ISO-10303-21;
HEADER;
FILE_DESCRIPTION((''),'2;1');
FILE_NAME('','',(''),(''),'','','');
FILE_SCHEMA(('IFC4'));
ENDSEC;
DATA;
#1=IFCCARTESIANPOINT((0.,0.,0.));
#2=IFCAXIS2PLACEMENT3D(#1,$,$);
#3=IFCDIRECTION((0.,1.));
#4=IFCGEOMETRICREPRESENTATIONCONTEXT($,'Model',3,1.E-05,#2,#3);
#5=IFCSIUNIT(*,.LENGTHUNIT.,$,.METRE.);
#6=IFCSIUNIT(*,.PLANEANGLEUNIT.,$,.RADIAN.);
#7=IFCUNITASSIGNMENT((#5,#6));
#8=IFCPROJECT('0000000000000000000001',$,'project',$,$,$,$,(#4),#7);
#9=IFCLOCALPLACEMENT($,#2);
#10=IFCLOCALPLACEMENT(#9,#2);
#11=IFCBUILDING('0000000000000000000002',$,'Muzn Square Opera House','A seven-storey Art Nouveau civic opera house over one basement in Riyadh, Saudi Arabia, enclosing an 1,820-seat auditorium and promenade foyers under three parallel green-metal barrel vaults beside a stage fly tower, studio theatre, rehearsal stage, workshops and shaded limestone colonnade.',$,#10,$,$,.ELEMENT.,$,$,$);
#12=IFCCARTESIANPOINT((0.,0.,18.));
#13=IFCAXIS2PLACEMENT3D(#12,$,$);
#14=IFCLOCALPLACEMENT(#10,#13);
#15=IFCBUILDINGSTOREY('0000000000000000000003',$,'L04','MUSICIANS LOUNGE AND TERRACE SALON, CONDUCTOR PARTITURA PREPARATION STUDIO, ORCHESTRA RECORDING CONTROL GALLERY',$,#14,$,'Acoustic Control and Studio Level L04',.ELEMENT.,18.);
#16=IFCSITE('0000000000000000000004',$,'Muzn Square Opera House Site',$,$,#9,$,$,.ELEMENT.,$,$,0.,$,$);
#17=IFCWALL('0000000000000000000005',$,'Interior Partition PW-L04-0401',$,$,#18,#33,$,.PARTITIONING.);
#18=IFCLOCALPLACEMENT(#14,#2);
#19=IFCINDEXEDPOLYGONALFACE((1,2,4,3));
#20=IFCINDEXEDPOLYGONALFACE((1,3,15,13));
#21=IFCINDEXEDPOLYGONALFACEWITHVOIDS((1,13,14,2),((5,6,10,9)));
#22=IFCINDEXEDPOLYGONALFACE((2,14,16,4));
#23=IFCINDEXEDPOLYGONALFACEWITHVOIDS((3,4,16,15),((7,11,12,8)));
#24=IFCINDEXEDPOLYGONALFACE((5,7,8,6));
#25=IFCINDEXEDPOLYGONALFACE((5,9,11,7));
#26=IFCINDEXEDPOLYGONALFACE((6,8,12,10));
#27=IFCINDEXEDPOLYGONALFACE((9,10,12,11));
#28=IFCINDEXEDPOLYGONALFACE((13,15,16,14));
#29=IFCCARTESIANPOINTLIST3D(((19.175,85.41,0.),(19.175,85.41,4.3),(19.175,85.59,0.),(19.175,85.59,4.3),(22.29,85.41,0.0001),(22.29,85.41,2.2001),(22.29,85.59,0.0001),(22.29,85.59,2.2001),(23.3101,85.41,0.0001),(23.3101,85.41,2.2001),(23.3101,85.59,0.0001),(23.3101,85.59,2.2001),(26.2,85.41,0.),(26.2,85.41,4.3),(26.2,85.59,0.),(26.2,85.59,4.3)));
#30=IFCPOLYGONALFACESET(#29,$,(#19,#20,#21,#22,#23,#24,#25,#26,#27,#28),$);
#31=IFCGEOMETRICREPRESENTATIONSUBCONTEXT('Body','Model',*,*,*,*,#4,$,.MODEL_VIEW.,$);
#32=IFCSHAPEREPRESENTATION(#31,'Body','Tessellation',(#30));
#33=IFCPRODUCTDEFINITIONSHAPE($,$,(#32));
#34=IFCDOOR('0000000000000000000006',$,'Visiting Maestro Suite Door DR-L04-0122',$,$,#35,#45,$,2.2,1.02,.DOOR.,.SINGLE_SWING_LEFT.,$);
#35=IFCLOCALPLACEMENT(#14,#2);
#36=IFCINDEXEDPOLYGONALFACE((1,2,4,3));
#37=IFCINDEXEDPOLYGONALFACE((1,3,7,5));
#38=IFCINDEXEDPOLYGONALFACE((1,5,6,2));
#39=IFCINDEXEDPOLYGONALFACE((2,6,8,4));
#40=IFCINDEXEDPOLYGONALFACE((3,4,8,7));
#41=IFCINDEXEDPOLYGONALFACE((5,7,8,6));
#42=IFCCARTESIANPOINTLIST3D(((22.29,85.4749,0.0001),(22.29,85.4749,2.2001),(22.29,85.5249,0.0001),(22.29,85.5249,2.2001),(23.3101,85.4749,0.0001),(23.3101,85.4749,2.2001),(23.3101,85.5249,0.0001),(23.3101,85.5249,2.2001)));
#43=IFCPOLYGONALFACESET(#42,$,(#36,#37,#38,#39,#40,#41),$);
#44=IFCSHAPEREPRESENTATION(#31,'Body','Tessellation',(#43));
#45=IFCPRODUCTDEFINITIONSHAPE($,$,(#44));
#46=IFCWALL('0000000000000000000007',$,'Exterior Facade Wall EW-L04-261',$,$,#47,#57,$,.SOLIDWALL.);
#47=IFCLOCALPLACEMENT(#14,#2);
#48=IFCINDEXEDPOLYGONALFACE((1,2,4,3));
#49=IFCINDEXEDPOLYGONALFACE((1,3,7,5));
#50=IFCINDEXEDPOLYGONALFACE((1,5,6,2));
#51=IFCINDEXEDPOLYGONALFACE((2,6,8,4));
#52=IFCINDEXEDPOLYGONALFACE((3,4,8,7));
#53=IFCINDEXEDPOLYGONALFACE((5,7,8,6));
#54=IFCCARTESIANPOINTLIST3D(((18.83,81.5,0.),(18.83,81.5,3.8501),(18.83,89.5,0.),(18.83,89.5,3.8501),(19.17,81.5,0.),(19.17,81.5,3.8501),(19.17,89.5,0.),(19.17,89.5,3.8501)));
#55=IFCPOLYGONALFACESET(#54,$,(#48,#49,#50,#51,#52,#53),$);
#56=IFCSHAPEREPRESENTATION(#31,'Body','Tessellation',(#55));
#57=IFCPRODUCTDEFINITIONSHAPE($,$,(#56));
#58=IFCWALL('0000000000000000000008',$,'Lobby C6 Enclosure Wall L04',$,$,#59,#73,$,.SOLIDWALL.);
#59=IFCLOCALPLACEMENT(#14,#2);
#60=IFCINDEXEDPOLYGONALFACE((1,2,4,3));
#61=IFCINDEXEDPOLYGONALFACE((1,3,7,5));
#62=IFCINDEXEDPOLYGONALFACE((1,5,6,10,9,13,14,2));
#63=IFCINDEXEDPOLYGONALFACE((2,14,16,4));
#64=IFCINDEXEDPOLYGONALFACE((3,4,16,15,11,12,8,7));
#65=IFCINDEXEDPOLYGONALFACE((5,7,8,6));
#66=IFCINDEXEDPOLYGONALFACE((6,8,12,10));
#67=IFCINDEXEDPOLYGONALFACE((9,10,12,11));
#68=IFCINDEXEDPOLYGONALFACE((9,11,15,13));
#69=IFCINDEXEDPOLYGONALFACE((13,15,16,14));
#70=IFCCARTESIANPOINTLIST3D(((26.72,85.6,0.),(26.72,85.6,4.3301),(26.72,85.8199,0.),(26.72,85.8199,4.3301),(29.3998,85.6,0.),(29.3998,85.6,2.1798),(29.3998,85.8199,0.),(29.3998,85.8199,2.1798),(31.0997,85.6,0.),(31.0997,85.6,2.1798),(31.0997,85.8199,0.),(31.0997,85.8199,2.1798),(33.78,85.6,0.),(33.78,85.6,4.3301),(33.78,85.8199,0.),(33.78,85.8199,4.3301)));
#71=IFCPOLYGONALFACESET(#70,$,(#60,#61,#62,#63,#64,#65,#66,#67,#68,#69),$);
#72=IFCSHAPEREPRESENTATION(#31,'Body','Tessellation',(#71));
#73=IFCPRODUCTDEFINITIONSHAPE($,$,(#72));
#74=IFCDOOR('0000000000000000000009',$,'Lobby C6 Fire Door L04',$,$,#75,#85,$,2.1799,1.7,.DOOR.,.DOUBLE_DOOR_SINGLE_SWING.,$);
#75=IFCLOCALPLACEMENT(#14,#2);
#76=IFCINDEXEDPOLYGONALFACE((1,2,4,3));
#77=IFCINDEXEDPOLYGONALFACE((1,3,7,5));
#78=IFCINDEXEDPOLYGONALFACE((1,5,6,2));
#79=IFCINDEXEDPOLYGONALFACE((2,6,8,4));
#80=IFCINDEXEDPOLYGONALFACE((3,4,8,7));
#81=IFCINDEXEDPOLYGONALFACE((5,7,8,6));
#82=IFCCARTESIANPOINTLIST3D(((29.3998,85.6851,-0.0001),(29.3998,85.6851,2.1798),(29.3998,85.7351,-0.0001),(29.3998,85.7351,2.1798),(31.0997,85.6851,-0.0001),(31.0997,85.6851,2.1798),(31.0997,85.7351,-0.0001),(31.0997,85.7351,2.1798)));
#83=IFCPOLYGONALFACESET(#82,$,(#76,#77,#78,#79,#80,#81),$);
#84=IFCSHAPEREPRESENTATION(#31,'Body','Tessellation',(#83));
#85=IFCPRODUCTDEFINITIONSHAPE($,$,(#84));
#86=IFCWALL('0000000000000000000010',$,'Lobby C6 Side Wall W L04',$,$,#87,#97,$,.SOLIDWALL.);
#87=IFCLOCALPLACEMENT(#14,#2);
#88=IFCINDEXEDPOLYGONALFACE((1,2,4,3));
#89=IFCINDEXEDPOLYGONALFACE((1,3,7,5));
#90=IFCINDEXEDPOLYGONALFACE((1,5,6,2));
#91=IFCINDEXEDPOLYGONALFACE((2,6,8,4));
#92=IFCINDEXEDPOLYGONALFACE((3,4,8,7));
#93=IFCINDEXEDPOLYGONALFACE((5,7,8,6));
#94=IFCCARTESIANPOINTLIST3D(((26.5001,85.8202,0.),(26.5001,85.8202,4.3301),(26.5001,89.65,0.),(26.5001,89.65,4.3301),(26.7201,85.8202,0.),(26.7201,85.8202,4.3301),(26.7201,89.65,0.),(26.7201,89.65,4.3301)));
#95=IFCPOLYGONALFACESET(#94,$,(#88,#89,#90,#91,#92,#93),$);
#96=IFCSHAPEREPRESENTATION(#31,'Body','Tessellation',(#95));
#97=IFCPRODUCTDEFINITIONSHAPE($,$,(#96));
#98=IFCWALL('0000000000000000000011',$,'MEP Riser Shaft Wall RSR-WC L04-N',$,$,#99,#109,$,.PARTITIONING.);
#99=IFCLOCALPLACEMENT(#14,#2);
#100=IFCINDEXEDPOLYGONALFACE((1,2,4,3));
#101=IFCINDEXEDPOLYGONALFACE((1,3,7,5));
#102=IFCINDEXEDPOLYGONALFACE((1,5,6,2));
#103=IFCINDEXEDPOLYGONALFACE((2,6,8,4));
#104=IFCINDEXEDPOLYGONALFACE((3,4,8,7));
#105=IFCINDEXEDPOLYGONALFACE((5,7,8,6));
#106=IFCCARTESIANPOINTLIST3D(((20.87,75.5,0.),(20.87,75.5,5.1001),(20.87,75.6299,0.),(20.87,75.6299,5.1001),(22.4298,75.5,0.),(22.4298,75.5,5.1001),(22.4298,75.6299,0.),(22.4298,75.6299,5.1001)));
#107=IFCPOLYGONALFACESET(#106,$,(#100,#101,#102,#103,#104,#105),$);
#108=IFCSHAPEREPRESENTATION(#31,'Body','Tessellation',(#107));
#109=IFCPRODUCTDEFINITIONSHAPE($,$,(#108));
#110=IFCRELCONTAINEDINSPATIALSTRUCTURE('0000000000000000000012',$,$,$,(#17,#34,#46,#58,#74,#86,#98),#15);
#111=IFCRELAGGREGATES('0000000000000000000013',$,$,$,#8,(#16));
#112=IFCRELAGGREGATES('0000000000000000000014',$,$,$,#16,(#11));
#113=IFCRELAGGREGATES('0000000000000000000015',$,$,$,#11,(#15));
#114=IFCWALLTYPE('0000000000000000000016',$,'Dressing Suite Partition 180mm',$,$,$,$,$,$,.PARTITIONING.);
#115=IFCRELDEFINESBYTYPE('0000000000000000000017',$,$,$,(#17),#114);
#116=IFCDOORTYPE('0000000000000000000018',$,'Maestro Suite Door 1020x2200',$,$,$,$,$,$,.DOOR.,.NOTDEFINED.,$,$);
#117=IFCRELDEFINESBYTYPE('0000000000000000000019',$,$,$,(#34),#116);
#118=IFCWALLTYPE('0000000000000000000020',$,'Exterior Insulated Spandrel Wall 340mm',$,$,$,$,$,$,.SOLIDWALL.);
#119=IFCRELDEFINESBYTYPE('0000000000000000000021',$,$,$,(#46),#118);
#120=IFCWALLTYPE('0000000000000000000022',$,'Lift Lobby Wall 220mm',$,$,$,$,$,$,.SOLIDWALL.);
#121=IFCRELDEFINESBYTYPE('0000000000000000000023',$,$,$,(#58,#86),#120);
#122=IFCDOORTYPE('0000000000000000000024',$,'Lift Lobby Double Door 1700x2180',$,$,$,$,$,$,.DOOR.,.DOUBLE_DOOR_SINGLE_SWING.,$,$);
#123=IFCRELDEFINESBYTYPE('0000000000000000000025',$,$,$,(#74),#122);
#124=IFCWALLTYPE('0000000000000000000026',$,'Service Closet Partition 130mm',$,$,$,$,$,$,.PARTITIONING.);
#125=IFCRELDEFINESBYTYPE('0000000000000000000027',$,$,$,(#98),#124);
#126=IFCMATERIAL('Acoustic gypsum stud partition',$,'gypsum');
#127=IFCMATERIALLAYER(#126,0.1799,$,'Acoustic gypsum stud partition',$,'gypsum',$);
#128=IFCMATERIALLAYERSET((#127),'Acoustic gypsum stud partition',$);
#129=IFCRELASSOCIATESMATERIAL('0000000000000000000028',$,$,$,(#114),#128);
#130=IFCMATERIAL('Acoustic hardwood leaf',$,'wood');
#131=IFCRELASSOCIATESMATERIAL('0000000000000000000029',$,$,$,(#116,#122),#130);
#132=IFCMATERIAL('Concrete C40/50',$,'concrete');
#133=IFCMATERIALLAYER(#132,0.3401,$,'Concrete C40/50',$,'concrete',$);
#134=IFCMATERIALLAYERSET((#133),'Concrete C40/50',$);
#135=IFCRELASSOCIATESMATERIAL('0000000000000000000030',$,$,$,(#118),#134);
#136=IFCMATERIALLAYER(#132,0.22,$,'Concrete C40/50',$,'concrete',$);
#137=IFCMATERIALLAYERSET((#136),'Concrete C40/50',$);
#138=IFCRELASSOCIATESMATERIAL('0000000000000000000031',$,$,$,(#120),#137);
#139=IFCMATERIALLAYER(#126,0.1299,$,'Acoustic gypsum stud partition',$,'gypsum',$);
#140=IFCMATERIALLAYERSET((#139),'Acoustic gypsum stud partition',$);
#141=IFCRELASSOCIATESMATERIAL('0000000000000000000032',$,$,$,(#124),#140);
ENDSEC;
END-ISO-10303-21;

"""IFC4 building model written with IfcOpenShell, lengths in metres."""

from ifc_helpers import new_model, si_unit, direction, frame, frame_2d, origin, place, context, subcontext, project, spatial, rectangle, extrude, material, layer, layer_set, type_object, element, fill, save


model = new_model("IFC4")

# Units and contexts
model_context = context("Model", 3, precision=1e-05, world=origin(), true_north=direction((0.0, 1.0)))
body_context = subcontext(model_context, "Body", "Model", "MODEL_VIEW")
ifc_project = project(units=[si_unit("LENGTHUNIT", "METRE"), si_unit("PLANEANGLEUNIT", "RADIAN")], contexts=[model_context])

# Site, building, storey
site_placement = place(None, origin())
site = spatial("IfcSite", under=ifc_project, at=site_placement, Name="Muzn Square Opera House Site", CompositionType="ELEMENT", RefElevation=0.0)
building_placement = place(site_placement, origin())
building = spatial("IfcBuilding", under=site, at=building_placement, Name="Muzn Square Opera House", Description="A seven-storey Art Nouveau civic opera house over one basement in Riyadh, Saudi Arabia, enclosing an 1,820-seat auditorium and promenade foyers under three parallel green-metal barrel vaults beside a stage fly tower, studio theatre, rehearsal stage, workshops and shaded limestone colonnade.", CompositionType="ELEMENT")
storey_placement = place(building_placement, frame((0.0, 0.0, 18.0)))
storey = spatial("IfcBuildingStorey", under=building, at=storey_placement, Name="L04", Description="MUSICIANS LOUNGE AND TERRACE SALON, CONDUCTOR PARTITURA PREPARATION STUDIO, ORCHESTRA RECORDING CONTROL GALLERY", LongName="Acoustic Control and Studio Level L04", CompositionType="ELEMENT", Elevation=18.0)

# Shared definitions
ifc_material_1 = material(Name="Concrete C40/50", Category="concrete")

# Wall, opening, door
ifc_material_2 = material(Name="Acoustic gypsum stud partition", Category="gypsum")
ifc_layer_1 = layer(ifc_material_2, 0.1799, Name="Acoustic gypsum stud partition", Category="gypsum")
ifc_layer_set_1 = layer_set([ifc_layer_1], Name="Acoustic gypsum stud partition")
wall_type_1 = type_object("IfcWallType", Name="Dressing Suite Partition 180mm", PredefinedType="PARTITIONING", material=ifc_layer_set_1)
wall_1_placement = place(storey_placement, frame((19.175, 85.5, 0.0), z_axis=(0.0, 0.0, 1.0), x_axis=(1.0, 0.0, 0.0)))
wall_1 = element("IfcWall", 1, at=wall_1_placement, inside=storey, type_object=wall_type_1, Name="Interior Partition PW-L04-0401", PredefinedType="PARTITIONING", context=body_context, shape_type="SweptSolid", body=[
    extrude(rectangle(XDim=7.0249, YDim=0.1799, at=frame_2d((3.5125, 0.0))), origin(), (0.0, 0.0, 1.0), 4.3),
])
opening_1_placement = place(wall_1_placement, frame((3.115, 0.0, 0.0)))
opening_1 = element("IfcOpeningElement", 2, at=opening_1_placement, cuts=wall_1, PredefinedType="OPENING", context=body_context, shape_type="SweptSolid", body=[
    extrude(rectangle(XDim=1.02, YDim=2.2, at=frame_2d((0.51, 1.1001))), frame((0.0, 0.0999, 0.0), z_axis=(0.0, -1.0, 0.0), x_axis=(1.0, 0.0, 0.0)), (0.0, 0.0, 1.0), 0.2),
])
ifc_material_3 = material(Name="Acoustic hardwood leaf", Category="wood")
door_type_1 = type_object("IfcDoorType", Name="Maestro Suite Door 1020x2200", OperationType="NOTDEFINED", PredefinedType="DOOR", material=ifc_material_3)
door_1_placement = place(opening_1_placement, origin())
door_1 = element("IfcDoor", 3, at=door_1_placement, inside=storey, type_object=door_type_1, Name="Visiting Maestro Suite Door DR-L04-0122", OperationType="SINGLE_SWING_LEFT", OverallHeight=2.2, OverallWidth=1.02, PredefinedType="DOOR", context=body_context, shape_type="SweptSolid", body=[
    extrude(rectangle(XDim=1.02, YDim=2.2, at=frame_2d((0.51, 1.1001))), frame((0.0, 0.0249, 0.0), z_axis=(0.0, -1.0, 0.0), x_axis=(1.0, 0.0, 0.0)), (0.0, 0.0, 1.0), 0.05),
])
fill(opening_1, door_1)

# Wall
ifc_layer_2 = layer(ifc_material_1, 0.3401, Name="Concrete C40/50", Category="concrete")
ifc_layer_set_2 = layer_set([ifc_layer_2], Name="Concrete C40/50")
wall_type_2 = type_object("IfcWallType", Name="Exterior Insulated Spandrel Wall 340mm", PredefinedType="SOLIDWALL", material=ifc_layer_set_2)
wall_2_placement = place(storey_placement, frame((19.0, 81.5, 0.0), z_axis=(0.0, 0.0, 1.0), x_axis=(0.0, 1.0, 0.0)))
element("IfcWall", 4, at=wall_2_placement, inside=storey, type_object=wall_type_2, Name="Exterior Facade Wall EW-L04-261", PredefinedType="SOLIDWALL", context=body_context, shape_type="SweptSolid", body=[
    extrude(rectangle(XDim=8.0, YDim=0.3401, at=frame_2d((4.0, 0.0))), origin(), (0.0, 0.0, 1.0), 3.8501),
])

# Wall, opening, door
ifc_layer_3 = layer(ifc_material_1, 0.22, Name="Concrete C40/50", Category="concrete")
ifc_layer_set_3 = layer_set([ifc_layer_3], Name="Concrete C40/50")
wall_type_3 = type_object("IfcWallType", Name="Lift Lobby Wall 220mm", PredefinedType="SOLIDWALL", material=ifc_layer_set_3)
wall_3_placement = place(storey_placement, frame((26.72, 85.71, 0.0), z_axis=(0.0, 0.0, 1.0), x_axis=(1.0, 0.0, 0.0)))
wall_3 = element("IfcWall", 5, at=wall_3_placement, inside=storey, type_object=wall_type_3, Name="Lobby C6 Enclosure Wall L04", PredefinedType="SOLIDWALL", context=body_context, shape_type="SweptSolid", body=[
    extrude(rectangle(XDim=7.0601, YDim=0.22, at=frame_2d((3.53, 0.0))), origin(), (0.0, 0.0, 1.0), 4.3301),
])
opening_2_placement = place(wall_3_placement, frame((4.3799, 0.0, 0.0), z_axis=(0.0, 0.0, 1.0), x_axis=(-1.0, 0.0, 0.0)))
opening_2 = element("IfcOpeningElement", 6, at=opening_2_placement, cuts=wall_3, PredefinedType="OPENING", context=body_context, shape_type="SweptSolid", body=[
    extrude(rectangle(XDim=1.7, YDim=2.1799, at=frame_2d((0.8501, 1.0898))), frame((0.0, 0.1199, 0.0), z_axis=(0.0, -1.0, 0.0), x_axis=(1.0, 0.0, 0.0)), (0.0, 0.0, 1.0), 0.24),
])
door_type_2 = type_object("IfcDoorType", Name="Lift Lobby Double Door 1700x2180", OperationType="DOUBLE_DOOR_SINGLE_SWING", PredefinedType="DOOR", material=ifc_material_3)
door_2_placement = place(opening_2_placement, origin())
door_2 = element("IfcDoor", 7, at=door_2_placement, inside=storey, type_object=door_type_2, Name="Lobby C6 Fire Door L04", OperationType="DOUBLE_DOOR_SINGLE_SWING", OverallHeight=2.1799, OverallWidth=1.7, PredefinedType="DOOR", context=body_context, shape_type="SweptSolid", body=[
    extrude(rectangle(XDim=1.7, YDim=2.1799, at=frame_2d((0.8501, 1.0898))), frame((0.0, 0.0249, 0.0), z_axis=(0.0, -1.0, 0.0), x_axis=(1.0, 0.0, 0.0)), (0.0, 0.0, 1.0), 0.05),
])
fill(opening_2, door_2)

# Walls
wall_4_placement = place(storey_placement, frame((26.6101, 85.8201, 0.0), z_axis=(0.0, 0.0, 1.0), x_axis=(0.0, 1.0, 0.0)))
element("IfcWall", 8, at=wall_4_placement, inside=storey, type_object=wall_type_3, Name="Lobby C6 Side Wall W L04", PredefinedType="SOLIDWALL", context=body_context, shape_type="SweptSolid", body=[
    extrude(rectangle(XDim=3.8298, YDim=0.22, at=frame_2d((1.915, 0.0))), origin(), (0.0, 0.0, 1.0), 4.3301),
])
ifc_layer_4 = layer(ifc_material_2, 0.1299, Name="Acoustic gypsum stud partition", Category="gypsum")
ifc_layer_set_4 = layer_set([ifc_layer_4], Name="Acoustic gypsum stud partition")
wall_type_4 = type_object("IfcWallType", Name="Service Closet Partition 130mm", PredefinedType="PARTITIONING", material=ifc_layer_set_4)
wall_5_placement = place(storey_placement, frame((20.8701, 75.5649, 0.0), z_axis=(0.0, 0.0, 1.0), x_axis=(1.0, 0.0, 0.0)))
element("IfcWall", 9, at=wall_5_placement, inside=storey, type_object=wall_type_4, Name="MEP Riser Shaft Wall RSR-WC L04-N", PredefinedType="PARTITIONING", context=body_context, shape_type="SweptSolid", body=[
    extrude(rectangle(XDim=1.5598, YDim=0.1299, at=frame_2d((0.7798, 0.0))), origin(), (0.0, 0.0, 1.0), 5.1001),
])

save(model, "model.ifc")
